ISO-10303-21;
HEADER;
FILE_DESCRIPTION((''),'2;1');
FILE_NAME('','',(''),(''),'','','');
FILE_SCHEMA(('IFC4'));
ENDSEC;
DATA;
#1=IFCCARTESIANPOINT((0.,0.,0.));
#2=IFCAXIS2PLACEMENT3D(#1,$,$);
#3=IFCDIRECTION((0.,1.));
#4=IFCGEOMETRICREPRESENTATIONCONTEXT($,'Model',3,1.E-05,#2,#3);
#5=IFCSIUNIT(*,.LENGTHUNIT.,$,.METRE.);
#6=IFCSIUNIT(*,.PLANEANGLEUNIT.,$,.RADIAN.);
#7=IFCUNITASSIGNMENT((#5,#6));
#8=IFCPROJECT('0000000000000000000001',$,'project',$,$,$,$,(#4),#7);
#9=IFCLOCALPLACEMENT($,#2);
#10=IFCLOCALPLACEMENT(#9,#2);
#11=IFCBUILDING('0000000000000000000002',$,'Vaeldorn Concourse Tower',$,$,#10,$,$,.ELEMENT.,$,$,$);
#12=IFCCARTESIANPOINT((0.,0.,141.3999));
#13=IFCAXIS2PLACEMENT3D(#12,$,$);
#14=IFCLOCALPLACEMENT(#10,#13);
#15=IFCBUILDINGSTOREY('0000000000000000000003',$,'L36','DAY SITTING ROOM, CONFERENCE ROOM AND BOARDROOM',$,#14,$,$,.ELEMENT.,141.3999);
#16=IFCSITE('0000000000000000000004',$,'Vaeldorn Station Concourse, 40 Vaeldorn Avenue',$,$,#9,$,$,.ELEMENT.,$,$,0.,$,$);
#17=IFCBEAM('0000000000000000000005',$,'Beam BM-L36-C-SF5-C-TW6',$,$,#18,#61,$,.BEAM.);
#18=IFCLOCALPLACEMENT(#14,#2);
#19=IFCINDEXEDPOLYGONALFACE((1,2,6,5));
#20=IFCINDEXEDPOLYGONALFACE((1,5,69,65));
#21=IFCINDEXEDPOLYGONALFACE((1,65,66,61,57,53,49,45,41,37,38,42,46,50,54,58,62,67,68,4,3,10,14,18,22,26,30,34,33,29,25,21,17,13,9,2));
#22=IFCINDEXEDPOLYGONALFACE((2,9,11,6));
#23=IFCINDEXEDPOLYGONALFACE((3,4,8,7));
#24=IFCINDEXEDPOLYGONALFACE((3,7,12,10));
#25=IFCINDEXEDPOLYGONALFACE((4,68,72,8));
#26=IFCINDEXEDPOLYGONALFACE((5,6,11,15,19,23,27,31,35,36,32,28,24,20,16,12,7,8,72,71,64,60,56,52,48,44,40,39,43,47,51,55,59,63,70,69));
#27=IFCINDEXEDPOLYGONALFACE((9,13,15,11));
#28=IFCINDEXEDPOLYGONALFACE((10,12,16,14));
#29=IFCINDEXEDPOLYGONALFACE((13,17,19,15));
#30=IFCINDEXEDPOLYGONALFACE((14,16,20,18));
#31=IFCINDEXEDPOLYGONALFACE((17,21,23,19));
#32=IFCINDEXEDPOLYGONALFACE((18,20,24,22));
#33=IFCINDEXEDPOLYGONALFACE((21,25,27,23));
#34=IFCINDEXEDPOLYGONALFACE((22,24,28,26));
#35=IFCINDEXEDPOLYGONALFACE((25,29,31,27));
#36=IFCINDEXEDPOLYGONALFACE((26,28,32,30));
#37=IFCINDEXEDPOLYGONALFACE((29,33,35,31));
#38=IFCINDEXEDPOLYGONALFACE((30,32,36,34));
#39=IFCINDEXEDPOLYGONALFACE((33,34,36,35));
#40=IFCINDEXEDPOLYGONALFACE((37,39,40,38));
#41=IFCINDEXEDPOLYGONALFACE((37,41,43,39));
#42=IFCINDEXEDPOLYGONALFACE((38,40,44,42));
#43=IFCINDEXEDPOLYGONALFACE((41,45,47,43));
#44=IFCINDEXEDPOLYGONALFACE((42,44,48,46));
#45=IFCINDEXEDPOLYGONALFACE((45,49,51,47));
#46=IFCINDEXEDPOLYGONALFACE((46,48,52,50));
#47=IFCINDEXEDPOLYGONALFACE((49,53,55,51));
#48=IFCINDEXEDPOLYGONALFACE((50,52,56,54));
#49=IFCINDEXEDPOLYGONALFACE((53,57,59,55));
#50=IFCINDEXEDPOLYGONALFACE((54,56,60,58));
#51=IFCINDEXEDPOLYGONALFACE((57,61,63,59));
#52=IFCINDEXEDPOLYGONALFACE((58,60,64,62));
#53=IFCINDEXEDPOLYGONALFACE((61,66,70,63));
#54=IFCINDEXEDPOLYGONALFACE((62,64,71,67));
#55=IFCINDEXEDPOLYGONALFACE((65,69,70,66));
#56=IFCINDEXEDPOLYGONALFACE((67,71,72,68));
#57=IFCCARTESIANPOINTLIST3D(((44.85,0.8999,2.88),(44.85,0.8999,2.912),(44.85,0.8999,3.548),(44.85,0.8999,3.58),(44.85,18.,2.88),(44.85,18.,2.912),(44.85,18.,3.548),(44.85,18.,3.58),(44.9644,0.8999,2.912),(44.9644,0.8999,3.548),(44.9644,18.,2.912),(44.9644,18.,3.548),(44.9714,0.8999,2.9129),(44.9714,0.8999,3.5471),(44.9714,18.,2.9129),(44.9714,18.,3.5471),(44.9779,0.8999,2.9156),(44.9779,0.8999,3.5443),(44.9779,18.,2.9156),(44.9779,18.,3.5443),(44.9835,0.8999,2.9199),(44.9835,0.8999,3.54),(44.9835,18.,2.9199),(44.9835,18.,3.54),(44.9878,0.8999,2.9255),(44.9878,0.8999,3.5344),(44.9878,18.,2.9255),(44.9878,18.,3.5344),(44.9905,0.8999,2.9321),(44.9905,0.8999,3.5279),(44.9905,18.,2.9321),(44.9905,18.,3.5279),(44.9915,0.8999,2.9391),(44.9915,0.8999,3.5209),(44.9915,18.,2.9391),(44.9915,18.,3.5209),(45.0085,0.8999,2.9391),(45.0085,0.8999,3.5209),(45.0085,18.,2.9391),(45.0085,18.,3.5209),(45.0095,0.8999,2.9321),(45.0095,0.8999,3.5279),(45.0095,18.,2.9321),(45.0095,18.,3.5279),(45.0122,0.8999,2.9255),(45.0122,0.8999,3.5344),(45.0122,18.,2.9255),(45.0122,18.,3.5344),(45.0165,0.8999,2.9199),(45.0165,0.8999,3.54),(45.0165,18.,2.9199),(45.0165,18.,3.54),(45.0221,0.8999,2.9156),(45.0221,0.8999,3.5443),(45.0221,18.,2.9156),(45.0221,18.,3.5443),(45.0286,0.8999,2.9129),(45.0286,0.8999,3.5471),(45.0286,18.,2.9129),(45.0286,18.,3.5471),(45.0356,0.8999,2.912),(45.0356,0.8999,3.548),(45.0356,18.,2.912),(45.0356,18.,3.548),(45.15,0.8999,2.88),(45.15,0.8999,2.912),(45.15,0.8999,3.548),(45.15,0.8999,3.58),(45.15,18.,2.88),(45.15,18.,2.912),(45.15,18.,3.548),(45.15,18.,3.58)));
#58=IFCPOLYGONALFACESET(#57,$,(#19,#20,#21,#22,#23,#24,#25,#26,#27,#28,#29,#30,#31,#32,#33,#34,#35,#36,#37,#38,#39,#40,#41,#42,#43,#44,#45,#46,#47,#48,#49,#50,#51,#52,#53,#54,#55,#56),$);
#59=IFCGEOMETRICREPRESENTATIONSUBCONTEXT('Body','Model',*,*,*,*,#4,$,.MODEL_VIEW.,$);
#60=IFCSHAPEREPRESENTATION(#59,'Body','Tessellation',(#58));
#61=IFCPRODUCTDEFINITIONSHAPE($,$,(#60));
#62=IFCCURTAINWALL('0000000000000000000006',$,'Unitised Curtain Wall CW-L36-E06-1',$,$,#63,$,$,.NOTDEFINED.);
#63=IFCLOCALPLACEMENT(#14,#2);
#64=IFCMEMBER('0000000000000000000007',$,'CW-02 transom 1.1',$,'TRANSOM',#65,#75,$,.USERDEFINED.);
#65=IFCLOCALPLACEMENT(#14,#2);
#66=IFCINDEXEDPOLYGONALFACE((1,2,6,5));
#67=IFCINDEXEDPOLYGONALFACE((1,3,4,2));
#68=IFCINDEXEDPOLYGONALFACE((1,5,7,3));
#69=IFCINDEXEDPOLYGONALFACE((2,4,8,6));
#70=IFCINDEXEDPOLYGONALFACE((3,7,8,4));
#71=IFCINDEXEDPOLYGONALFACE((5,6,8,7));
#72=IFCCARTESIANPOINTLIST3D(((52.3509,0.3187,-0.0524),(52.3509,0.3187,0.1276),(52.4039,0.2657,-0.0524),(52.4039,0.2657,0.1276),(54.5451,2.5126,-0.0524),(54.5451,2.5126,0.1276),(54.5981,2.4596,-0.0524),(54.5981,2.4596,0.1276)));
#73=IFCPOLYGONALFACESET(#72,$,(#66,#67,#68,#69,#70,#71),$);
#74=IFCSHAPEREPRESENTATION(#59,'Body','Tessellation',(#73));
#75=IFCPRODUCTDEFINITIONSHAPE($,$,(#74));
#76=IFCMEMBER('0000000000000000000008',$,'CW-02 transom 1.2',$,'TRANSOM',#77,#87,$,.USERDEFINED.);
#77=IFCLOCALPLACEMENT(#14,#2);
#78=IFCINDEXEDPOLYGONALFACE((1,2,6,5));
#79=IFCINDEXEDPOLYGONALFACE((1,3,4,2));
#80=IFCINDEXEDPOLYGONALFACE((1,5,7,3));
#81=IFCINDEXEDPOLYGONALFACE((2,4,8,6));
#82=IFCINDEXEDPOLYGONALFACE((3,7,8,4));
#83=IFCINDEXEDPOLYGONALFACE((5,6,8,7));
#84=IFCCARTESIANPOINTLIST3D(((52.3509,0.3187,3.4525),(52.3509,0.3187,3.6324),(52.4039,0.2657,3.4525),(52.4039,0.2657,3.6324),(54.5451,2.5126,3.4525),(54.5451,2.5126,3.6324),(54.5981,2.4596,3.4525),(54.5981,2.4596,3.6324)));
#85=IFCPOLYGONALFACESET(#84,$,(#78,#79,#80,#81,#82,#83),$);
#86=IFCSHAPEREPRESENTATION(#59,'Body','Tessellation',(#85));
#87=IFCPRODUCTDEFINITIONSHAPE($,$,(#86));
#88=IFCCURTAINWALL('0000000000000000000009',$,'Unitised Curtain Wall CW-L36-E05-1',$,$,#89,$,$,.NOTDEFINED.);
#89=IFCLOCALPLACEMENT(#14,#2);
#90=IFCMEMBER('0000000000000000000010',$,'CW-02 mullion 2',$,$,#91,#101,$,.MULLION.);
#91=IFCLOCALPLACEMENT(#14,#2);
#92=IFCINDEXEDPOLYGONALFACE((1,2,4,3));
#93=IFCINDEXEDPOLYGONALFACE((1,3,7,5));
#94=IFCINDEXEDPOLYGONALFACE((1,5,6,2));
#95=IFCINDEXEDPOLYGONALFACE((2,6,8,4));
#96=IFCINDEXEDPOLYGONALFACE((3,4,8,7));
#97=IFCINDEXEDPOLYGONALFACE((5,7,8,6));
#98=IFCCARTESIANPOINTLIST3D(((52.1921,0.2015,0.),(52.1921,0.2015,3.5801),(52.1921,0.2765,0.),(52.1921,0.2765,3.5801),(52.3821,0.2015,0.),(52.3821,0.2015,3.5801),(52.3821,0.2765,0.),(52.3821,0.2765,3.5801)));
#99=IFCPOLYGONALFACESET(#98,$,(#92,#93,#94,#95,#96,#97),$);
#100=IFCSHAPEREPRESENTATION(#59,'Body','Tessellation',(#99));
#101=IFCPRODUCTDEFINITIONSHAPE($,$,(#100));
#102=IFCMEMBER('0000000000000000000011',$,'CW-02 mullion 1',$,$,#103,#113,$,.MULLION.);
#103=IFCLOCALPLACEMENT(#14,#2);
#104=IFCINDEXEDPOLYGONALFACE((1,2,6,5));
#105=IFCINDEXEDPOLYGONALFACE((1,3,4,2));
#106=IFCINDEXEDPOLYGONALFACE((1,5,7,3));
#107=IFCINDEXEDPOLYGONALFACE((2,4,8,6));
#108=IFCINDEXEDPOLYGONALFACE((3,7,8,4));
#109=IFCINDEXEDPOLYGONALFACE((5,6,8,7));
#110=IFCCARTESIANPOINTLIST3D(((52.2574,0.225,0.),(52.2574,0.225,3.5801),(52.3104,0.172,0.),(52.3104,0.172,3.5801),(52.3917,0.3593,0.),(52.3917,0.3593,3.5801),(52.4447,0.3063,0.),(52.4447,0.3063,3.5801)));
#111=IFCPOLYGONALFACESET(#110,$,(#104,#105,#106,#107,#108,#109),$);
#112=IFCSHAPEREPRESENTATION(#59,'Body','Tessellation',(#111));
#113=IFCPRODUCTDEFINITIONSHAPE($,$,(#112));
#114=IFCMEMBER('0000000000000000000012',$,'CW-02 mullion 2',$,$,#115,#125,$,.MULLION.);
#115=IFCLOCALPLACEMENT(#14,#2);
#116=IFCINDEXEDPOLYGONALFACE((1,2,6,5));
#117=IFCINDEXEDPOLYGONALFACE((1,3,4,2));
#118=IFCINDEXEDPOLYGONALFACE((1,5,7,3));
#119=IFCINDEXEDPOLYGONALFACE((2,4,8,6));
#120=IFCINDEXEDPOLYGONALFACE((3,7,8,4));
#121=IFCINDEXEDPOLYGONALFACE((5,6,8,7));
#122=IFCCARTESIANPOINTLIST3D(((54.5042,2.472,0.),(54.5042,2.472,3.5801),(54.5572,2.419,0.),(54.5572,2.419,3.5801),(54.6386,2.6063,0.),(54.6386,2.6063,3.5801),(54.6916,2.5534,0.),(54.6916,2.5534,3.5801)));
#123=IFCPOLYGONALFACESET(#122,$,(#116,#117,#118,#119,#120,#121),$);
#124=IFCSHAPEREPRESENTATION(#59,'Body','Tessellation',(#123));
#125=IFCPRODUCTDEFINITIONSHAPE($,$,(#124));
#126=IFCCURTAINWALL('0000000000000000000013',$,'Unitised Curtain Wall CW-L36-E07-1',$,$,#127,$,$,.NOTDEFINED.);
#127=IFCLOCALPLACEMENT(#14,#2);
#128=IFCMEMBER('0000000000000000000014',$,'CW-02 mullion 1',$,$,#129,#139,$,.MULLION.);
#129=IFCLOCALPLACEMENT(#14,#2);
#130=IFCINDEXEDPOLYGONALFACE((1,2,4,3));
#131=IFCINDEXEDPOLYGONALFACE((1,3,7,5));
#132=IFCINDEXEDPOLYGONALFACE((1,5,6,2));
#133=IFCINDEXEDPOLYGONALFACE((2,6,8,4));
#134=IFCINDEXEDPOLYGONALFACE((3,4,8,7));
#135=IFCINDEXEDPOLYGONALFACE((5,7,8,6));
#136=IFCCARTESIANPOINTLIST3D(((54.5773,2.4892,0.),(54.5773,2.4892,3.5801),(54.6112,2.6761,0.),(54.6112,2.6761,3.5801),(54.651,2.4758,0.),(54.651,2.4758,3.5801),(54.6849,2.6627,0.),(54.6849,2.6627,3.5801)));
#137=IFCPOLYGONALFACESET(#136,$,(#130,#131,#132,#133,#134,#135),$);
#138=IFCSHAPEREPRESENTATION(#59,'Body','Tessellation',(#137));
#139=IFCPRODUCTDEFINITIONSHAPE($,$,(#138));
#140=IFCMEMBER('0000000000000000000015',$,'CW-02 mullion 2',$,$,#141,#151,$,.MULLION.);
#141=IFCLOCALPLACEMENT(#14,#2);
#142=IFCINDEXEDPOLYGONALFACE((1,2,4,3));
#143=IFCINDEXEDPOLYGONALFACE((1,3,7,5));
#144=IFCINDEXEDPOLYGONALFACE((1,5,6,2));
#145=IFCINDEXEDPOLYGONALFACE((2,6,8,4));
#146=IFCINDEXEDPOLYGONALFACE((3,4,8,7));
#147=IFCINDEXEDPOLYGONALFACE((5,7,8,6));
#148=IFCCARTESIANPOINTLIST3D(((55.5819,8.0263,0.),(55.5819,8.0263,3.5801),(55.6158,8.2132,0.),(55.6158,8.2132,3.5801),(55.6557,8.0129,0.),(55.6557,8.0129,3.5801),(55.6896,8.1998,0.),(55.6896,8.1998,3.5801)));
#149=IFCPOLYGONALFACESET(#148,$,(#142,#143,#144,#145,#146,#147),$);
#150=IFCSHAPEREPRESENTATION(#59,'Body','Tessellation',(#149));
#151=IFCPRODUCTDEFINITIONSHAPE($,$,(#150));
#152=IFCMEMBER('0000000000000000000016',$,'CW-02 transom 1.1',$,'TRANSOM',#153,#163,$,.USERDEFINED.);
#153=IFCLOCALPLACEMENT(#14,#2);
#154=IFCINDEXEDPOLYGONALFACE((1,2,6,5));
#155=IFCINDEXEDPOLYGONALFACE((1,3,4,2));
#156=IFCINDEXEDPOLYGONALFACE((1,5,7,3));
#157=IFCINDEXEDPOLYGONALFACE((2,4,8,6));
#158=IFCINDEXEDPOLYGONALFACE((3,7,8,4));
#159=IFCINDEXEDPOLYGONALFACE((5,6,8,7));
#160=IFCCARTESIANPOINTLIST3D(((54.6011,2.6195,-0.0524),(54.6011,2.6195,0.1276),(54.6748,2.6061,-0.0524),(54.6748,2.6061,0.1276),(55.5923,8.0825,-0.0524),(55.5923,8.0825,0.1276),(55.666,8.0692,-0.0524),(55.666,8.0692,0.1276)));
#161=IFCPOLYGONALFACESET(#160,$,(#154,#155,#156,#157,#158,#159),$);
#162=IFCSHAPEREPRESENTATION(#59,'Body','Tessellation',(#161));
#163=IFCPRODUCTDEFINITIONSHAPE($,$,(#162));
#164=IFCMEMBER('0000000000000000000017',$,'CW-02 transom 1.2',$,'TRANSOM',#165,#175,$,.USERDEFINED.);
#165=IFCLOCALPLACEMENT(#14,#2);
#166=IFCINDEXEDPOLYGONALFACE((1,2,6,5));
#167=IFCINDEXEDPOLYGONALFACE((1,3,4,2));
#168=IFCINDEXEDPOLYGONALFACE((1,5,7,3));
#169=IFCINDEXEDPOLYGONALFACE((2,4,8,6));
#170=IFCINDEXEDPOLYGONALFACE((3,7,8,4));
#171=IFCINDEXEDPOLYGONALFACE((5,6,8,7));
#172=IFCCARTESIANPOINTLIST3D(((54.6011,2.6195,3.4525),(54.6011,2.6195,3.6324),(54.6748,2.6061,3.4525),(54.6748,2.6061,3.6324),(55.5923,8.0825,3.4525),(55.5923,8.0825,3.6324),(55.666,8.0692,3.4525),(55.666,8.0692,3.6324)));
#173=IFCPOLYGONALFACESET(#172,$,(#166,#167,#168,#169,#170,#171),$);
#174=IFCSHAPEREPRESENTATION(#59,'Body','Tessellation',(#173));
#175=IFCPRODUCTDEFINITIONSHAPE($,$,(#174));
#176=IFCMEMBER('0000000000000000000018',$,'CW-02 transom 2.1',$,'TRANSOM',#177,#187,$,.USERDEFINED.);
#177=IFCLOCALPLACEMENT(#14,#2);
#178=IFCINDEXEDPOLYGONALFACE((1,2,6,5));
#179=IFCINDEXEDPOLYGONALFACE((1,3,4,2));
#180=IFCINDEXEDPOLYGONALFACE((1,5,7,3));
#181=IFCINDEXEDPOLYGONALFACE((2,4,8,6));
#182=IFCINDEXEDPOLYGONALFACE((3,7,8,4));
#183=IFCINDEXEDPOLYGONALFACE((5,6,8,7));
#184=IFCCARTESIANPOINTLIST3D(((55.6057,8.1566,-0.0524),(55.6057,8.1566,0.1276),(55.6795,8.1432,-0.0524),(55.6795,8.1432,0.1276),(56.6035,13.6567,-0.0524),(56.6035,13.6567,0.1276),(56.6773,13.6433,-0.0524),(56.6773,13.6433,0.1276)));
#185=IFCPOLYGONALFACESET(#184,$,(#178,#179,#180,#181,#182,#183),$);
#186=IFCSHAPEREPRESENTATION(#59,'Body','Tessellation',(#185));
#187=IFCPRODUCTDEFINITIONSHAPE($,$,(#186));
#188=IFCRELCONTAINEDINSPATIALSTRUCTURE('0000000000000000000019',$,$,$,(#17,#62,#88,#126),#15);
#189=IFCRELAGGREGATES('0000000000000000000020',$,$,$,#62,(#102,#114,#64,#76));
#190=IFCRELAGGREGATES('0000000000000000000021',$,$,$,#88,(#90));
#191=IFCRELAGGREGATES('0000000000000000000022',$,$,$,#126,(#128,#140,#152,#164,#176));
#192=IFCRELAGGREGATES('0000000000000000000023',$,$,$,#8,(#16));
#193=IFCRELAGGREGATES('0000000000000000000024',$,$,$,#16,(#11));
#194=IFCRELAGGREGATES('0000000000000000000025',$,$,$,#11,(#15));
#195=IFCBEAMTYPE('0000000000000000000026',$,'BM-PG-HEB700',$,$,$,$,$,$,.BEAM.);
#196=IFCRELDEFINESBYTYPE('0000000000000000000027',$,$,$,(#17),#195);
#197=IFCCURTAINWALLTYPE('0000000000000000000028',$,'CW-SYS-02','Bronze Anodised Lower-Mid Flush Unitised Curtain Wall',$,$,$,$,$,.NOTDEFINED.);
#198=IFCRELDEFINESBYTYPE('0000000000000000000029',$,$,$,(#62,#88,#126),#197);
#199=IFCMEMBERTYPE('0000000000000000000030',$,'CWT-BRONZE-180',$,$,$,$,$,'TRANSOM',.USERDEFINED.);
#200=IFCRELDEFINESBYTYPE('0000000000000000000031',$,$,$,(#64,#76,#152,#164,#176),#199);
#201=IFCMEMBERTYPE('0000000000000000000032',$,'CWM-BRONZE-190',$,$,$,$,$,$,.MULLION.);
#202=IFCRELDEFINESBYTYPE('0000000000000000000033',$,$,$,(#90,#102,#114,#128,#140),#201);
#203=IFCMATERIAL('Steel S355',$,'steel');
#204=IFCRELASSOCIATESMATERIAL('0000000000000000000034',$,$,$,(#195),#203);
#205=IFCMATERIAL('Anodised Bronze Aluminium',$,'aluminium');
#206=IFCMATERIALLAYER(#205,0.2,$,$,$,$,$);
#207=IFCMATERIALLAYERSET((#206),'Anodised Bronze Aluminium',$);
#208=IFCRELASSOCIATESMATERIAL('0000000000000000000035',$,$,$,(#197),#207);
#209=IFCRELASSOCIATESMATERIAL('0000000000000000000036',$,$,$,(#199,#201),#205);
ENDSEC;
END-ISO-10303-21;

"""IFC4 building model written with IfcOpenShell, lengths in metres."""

from ifc_helpers import new_model, si_unit, direction, frame, origin, origin_2d, place, context, subcontext, project, spatial, rectangle, i_section, extrude, source, transform, mapped, material, layer, layer_set, material_profile, profile_set, type_object, element, aggregate, save


model = new_model("IFC4")

# Units and contexts
model_context = context("Model", 3, precision=1e-05, world=origin(), true_north=direction((0.0, 1.0)))
body_context = subcontext(model_context, "Body", "Model", "MODEL_VIEW")
ifc_project = project(units=[si_unit("LENGTHUNIT", "METRE"), si_unit("PLANEANGLEUNIT", "RADIAN")], contexts=[model_context])

# Site, building, storey
site_placement = place(None, origin())
site = spatial("IfcSite", under=ifc_project, at=site_placement, Name="Vaeldorn Station Concourse, 40 Vaeldorn Avenue", CompositionType="ELEMENT", RefElevation=0.0)
building_placement = place(site_placement, origin())
building = spatial("IfcBuilding", under=site, at=building_placement, Name="Vaeldorn Concourse Tower", CompositionType="ELEMENT")
storey_placement = place(building_placement, frame((0.0, 0.0, 141.3999)))
storey = spatial("IfcBuildingStorey", under=building, at=storey_placement, Name="L36", Description="DAY SITTING ROOM, CONFERENCE ROOM AND BOARDROOM", CompositionType="ELEMENT", Elevation=141.3999)

# Beam
ifc_material_1 = material(Name="Steel S355", Category="steel")
ifc_material_profile_1 = material_profile(ifc_material_1, i_section(OverallWidth=0.3, OverallDepth=0.7, WebThickness=0.0171, FlangeThickness=0.032, FilletRadius=0.0271, at=origin_2d()), Name="HEB 700")
ifc_profile_set_1 = profile_set([ifc_material_profile_1], Name="Steel S355")
beam_type_1 = type_object("IfcBeamType", Name="BM-PG-HEB700", PredefinedType="BEAM", material=ifc_profile_set_1)
shared_shape_1 = source(origin(), body_context, "Body", "SweptSolid", [
    extrude(i_section(OverallWidth=0.3, OverallDepth=0.7, WebThickness=0.0171, FlangeThickness=0.032, FilletRadius=0.0271, at=origin_2d()), origin(), (0.0, 0.0, 1.0), 17.1001),
])
beam_1_placement = place(storey_placement, frame((45.0, 0.8999, 3.23), z_axis=(0.0, 1.0, 0.0), x_axis=(-1.0, 0.0, 0.0)))
element("IfcBeam", 1, at=beam_1_placement, inside=storey, type_object=beam_type_1, Name="Beam BM-L36-C-SF5-C-TW6", PredefinedType="BEAM", context=body_context, shape_type="MappedRepresentation", body=[
    mapped(shared_shape_1, transform((0.0, 0.0, 0.0), scale=1.0)),
])

# Curtain wall, members
ifc_material_2 = material(Name="Anodised Bronze Aluminium", Category="aluminium")
ifc_layer_1 = layer(ifc_material_2, 0.2)
ifc_layer_set_1 = layer_set([ifc_layer_1], Name="Anodised Bronze Aluminium")
curtain_wall_type = type_object("IfcCurtainWallType", Name="CW-SYS-02", Description="Bronze Anodised Lower-Mid Flush Unitised Curtain Wall", PredefinedType="NOTDEFINED", material=ifc_layer_set_1)
curtain_wall_1_placement = place(storey_placement, origin())
curtain_wall_1 = element("IfcCurtainWall", 2, at=curtain_wall_1_placement, inside=storey, type_object=curtain_wall_type, Name="Unitised Curtain Wall CW-L36-E06-1", PredefinedType="NOTDEFINED")
ifc_material_profile_2 = material_profile(ifc_material_2, rectangle(XDim=0.075, YDim=0.1799, at=origin_2d()), Name="CWT 75x180")
ifc_profile_set_2 = profile_set([ifc_material_profile_2], Name="Anodised Bronze Aluminium")
member_type_1 = type_object("IfcMemberType", Name="CWT-BRONZE-180", ElementType="TRANSOM", PredefinedType="USERDEFINED", material=ifc_profile_set_2)
shared_shape_2 = source(origin(), body_context, "Body", "SweptSolid", [
    extrude(rectangle(XDim=0.075, YDim=0.1799, at=origin_2d()), origin(), (0.0, 0.0, 1.0), 3.1028),
])
member_1_placement = place(storey_placement, frame((52.3774, 0.2922, 0.0376), z_axis=(0.707146, 0.707067, 0.0), x_axis=(-0.707067, 0.707146, 0.0)))
member_1 = element("IfcMember", 3, at=member_1_placement, type_object=member_type_1, Name="CW-02 transom 1.1", ObjectType="TRANSOM", PredefinedType="USERDEFINED", context=body_context, shape_type="MappedRepresentation", body=[
    mapped(shared_shape_2, transform((0.0, 0.0, 0.0), scale=1.0)),
])
member_2_placement = place(storey_placement, frame((52.3774, 0.2922, 3.5425), z_axis=(0.707146, 0.707067, 0.0), x_axis=(-0.707067, 0.707146, 0.0)))
member_2 = element("IfcMember", 4, at=member_2_placement, type_object=member_type_1, Name="CW-02 transom 1.2", ObjectType="TRANSOM", PredefinedType="USERDEFINED", context=body_context, shape_type="MappedRepresentation", body=[
    mapped(shared_shape_2, transform((0.0, 0.0, 0.0), scale=1.0)),
])

# Curtain wall, member
curtain_wall_2_placement = place(storey_placement, origin())
curtain_wall_2 = element("IfcCurtainWall", 5, at=curtain_wall_2_placement, inside=storey, type_object=curtain_wall_type, Name="Unitised Curtain Wall CW-L36-E05-1", PredefinedType="NOTDEFINED")
ifc_material_profile_3 = material_profile(ifc_material_2, rectangle(XDim=0.075, YDim=0.1899, at=origin_2d()), Name="CWM 75x190")
ifc_profile_set_3 = profile_set([ifc_material_profile_3], Name="Anodised Bronze Aluminium")
member_type_2 = type_object("IfcMemberType", Name="CWM-BRONZE-190", PredefinedType="MULLION", material=ifc_profile_set_3)
shared_shape_3 = source(origin(), body_context, "Body", "SweptSolid", [
    extrude(rectangle(XDim=0.075, YDim=0.1899, at=origin_2d()), origin(), (0.0, 0.0, 1.0), 3.5801),
])
member_3_placement = place(storey_placement, frame((52.2871, 0.239, 0.0), z_axis=(0.0, 0.0, 1.0), x_axis=(0.0, 1.0, 0.0)))
member_3 = element("IfcMember", 6, at=member_3_placement, type_object=member_type_2, Name="CW-02 mullion 2", PredefinedType="MULLION", context=body_context, shape_type="MappedRepresentation", body=[
    mapped(shared_shape_3, transform((0.0, 0.0, 0.0), scale=1.0)),
])

# Members
member_4_placement = place(storey_placement, frame((52.3511, 0.2656, 0.0), z_axis=(0.0, 0.0, 1.0), x_axis=(-0.707107, 0.707107, 0.0)))
member_4 = element("IfcMember", 7, at=member_4_placement, type_object=member_type_2, Name="CW-02 mullion 1", PredefinedType="MULLION", context=body_context, shape_type="MappedRepresentation", body=[
    mapped(shared_shape_3, transform((0.0, 0.0, 0.0), scale=1.0)),
])
member_5_placement = place(storey_placement, frame((54.5979, 2.5127, 0.0), z_axis=(0.0, 0.0, 1.0), x_axis=(-0.707107, 0.707107, 0.0)))
member_5 = element("IfcMember", 8, at=member_5_placement, type_object=member_type_2, Name="CW-02 mullion 2", PredefinedType="MULLION", context=body_context, shape_type="MappedRepresentation", body=[
    mapped(shared_shape_3, transform((0.0, 0.0, 0.0), scale=1.0)),
])

# Curtain wall, members
curtain_wall_3_placement = place(storey_placement, origin())
curtain_wall_3 = element("IfcCurtainWall", 9, at=curtain_wall_3_placement, inside=storey, type_object=curtain_wall_type, Name="Unitised Curtain Wall CW-L36-E07-1", PredefinedType="NOTDEFINED")
member_6_placement = place(storey_placement, frame((54.6311, 2.5759, 0.0), z_axis=(0.0, 0.0, 1.0), x_axis=(-0.983935, 0.178526, 0.0)))
member_6 = element("IfcMember", 10, at=member_6_placement, type_object=member_type_2, Name="CW-02 mullion 1", PredefinedType="MULLION", context=body_context, shape_type="MappedRepresentation", body=[
    mapped(shared_shape_3, transform((0.0, 0.0, 0.0), scale=1.0)),
])
member_7_placement = place(storey_placement, frame((55.6357, 8.113, 0.0), z_axis=(0.0, 0.0, 1.0), x_axis=(-0.983935, 0.178526, 0.0)))
member_7 = element("IfcMember", 11, at=member_7_placement, type_object=member_type_2, Name="CW-02 mullion 2", PredefinedType="MULLION", context=body_context, shape_type="MappedRepresentation", body=[
    mapped(shared_shape_3, transform((0.0, 0.0, 0.0), scale=1.0)),
])
shared_shape_4 = source(origin(), body_context, "Body", "SweptSolid", [
    extrude(rectangle(XDim=0.075, YDim=0.1799, at=origin_2d()), origin(), (0.0, 0.0, 1.0), 5.5522),
])
member_8_placement = place(storey_placement, frame((54.6379, 2.6128, 0.0376), z_axis=(0.178522, 0.983936, 0.0), x_axis=(-0.983936, 0.178522, 0.0)))
member_8 = element("IfcMember", 12, at=member_8_placement, type_object=member_type_1, Name="CW-02 transom 1.1", ObjectType="TRANSOM", PredefinedType="USERDEFINED", context=body_context, shape_type="MappedRepresentation", body=[
    mapped(shared_shape_4, transform((0.0, 0.0, 0.0), scale=1.0)),
])
member_9_placement = place(storey_placement, frame((54.6379, 2.6128, 3.5425), z_axis=(0.178522, 0.983936, 0.0), x_axis=(-0.983936, 0.178522, 0.0)))
member_9 = element("IfcMember", 13, at=member_9_placement, type_object=member_type_1, Name="CW-02 transom 1.2", ObjectType="TRANSOM", PredefinedType="USERDEFINED", context=body_context, shape_type="MappedRepresentation", body=[
    mapped(shared_shape_4, transform((0.0, 0.0, 0.0), scale=1.0)),
])
shared_shape_5 = source(origin(), body_context, "Body", "SweptSolid", [
    extrude(rectangle(XDim=0.075, YDim=0.1799, at=origin_2d()), origin(), (0.0, 0.0, 1.0), 5.5898),
])
member_10_placement = place(storey_placement, frame((55.6426, 8.1499, 0.0376), z_axis=(0.178505, 0.983939, 0.0), x_axis=(-0.983939, 0.178505, 0.0)))
member_10 = element("IfcMember", 14, at=member_10_placement, type_object=member_type_1, Name="CW-02 transom 2.1", ObjectType="TRANSOM", PredefinedType="USERDEFINED", context=body_context, shape_type="MappedRepresentation", body=[
    mapped(shared_shape_5, transform((0.0, 0.0, 0.0), scale=1.0)),
])

aggregate(curtain_wall_1, [member_4, member_5, member_1, member_2])
aggregate(curtain_wall_2, [member_3])
aggregate(curtain_wall_3, [member_6, member_7, member_8, member_9, member_10])

save(model, "model.ifc")
